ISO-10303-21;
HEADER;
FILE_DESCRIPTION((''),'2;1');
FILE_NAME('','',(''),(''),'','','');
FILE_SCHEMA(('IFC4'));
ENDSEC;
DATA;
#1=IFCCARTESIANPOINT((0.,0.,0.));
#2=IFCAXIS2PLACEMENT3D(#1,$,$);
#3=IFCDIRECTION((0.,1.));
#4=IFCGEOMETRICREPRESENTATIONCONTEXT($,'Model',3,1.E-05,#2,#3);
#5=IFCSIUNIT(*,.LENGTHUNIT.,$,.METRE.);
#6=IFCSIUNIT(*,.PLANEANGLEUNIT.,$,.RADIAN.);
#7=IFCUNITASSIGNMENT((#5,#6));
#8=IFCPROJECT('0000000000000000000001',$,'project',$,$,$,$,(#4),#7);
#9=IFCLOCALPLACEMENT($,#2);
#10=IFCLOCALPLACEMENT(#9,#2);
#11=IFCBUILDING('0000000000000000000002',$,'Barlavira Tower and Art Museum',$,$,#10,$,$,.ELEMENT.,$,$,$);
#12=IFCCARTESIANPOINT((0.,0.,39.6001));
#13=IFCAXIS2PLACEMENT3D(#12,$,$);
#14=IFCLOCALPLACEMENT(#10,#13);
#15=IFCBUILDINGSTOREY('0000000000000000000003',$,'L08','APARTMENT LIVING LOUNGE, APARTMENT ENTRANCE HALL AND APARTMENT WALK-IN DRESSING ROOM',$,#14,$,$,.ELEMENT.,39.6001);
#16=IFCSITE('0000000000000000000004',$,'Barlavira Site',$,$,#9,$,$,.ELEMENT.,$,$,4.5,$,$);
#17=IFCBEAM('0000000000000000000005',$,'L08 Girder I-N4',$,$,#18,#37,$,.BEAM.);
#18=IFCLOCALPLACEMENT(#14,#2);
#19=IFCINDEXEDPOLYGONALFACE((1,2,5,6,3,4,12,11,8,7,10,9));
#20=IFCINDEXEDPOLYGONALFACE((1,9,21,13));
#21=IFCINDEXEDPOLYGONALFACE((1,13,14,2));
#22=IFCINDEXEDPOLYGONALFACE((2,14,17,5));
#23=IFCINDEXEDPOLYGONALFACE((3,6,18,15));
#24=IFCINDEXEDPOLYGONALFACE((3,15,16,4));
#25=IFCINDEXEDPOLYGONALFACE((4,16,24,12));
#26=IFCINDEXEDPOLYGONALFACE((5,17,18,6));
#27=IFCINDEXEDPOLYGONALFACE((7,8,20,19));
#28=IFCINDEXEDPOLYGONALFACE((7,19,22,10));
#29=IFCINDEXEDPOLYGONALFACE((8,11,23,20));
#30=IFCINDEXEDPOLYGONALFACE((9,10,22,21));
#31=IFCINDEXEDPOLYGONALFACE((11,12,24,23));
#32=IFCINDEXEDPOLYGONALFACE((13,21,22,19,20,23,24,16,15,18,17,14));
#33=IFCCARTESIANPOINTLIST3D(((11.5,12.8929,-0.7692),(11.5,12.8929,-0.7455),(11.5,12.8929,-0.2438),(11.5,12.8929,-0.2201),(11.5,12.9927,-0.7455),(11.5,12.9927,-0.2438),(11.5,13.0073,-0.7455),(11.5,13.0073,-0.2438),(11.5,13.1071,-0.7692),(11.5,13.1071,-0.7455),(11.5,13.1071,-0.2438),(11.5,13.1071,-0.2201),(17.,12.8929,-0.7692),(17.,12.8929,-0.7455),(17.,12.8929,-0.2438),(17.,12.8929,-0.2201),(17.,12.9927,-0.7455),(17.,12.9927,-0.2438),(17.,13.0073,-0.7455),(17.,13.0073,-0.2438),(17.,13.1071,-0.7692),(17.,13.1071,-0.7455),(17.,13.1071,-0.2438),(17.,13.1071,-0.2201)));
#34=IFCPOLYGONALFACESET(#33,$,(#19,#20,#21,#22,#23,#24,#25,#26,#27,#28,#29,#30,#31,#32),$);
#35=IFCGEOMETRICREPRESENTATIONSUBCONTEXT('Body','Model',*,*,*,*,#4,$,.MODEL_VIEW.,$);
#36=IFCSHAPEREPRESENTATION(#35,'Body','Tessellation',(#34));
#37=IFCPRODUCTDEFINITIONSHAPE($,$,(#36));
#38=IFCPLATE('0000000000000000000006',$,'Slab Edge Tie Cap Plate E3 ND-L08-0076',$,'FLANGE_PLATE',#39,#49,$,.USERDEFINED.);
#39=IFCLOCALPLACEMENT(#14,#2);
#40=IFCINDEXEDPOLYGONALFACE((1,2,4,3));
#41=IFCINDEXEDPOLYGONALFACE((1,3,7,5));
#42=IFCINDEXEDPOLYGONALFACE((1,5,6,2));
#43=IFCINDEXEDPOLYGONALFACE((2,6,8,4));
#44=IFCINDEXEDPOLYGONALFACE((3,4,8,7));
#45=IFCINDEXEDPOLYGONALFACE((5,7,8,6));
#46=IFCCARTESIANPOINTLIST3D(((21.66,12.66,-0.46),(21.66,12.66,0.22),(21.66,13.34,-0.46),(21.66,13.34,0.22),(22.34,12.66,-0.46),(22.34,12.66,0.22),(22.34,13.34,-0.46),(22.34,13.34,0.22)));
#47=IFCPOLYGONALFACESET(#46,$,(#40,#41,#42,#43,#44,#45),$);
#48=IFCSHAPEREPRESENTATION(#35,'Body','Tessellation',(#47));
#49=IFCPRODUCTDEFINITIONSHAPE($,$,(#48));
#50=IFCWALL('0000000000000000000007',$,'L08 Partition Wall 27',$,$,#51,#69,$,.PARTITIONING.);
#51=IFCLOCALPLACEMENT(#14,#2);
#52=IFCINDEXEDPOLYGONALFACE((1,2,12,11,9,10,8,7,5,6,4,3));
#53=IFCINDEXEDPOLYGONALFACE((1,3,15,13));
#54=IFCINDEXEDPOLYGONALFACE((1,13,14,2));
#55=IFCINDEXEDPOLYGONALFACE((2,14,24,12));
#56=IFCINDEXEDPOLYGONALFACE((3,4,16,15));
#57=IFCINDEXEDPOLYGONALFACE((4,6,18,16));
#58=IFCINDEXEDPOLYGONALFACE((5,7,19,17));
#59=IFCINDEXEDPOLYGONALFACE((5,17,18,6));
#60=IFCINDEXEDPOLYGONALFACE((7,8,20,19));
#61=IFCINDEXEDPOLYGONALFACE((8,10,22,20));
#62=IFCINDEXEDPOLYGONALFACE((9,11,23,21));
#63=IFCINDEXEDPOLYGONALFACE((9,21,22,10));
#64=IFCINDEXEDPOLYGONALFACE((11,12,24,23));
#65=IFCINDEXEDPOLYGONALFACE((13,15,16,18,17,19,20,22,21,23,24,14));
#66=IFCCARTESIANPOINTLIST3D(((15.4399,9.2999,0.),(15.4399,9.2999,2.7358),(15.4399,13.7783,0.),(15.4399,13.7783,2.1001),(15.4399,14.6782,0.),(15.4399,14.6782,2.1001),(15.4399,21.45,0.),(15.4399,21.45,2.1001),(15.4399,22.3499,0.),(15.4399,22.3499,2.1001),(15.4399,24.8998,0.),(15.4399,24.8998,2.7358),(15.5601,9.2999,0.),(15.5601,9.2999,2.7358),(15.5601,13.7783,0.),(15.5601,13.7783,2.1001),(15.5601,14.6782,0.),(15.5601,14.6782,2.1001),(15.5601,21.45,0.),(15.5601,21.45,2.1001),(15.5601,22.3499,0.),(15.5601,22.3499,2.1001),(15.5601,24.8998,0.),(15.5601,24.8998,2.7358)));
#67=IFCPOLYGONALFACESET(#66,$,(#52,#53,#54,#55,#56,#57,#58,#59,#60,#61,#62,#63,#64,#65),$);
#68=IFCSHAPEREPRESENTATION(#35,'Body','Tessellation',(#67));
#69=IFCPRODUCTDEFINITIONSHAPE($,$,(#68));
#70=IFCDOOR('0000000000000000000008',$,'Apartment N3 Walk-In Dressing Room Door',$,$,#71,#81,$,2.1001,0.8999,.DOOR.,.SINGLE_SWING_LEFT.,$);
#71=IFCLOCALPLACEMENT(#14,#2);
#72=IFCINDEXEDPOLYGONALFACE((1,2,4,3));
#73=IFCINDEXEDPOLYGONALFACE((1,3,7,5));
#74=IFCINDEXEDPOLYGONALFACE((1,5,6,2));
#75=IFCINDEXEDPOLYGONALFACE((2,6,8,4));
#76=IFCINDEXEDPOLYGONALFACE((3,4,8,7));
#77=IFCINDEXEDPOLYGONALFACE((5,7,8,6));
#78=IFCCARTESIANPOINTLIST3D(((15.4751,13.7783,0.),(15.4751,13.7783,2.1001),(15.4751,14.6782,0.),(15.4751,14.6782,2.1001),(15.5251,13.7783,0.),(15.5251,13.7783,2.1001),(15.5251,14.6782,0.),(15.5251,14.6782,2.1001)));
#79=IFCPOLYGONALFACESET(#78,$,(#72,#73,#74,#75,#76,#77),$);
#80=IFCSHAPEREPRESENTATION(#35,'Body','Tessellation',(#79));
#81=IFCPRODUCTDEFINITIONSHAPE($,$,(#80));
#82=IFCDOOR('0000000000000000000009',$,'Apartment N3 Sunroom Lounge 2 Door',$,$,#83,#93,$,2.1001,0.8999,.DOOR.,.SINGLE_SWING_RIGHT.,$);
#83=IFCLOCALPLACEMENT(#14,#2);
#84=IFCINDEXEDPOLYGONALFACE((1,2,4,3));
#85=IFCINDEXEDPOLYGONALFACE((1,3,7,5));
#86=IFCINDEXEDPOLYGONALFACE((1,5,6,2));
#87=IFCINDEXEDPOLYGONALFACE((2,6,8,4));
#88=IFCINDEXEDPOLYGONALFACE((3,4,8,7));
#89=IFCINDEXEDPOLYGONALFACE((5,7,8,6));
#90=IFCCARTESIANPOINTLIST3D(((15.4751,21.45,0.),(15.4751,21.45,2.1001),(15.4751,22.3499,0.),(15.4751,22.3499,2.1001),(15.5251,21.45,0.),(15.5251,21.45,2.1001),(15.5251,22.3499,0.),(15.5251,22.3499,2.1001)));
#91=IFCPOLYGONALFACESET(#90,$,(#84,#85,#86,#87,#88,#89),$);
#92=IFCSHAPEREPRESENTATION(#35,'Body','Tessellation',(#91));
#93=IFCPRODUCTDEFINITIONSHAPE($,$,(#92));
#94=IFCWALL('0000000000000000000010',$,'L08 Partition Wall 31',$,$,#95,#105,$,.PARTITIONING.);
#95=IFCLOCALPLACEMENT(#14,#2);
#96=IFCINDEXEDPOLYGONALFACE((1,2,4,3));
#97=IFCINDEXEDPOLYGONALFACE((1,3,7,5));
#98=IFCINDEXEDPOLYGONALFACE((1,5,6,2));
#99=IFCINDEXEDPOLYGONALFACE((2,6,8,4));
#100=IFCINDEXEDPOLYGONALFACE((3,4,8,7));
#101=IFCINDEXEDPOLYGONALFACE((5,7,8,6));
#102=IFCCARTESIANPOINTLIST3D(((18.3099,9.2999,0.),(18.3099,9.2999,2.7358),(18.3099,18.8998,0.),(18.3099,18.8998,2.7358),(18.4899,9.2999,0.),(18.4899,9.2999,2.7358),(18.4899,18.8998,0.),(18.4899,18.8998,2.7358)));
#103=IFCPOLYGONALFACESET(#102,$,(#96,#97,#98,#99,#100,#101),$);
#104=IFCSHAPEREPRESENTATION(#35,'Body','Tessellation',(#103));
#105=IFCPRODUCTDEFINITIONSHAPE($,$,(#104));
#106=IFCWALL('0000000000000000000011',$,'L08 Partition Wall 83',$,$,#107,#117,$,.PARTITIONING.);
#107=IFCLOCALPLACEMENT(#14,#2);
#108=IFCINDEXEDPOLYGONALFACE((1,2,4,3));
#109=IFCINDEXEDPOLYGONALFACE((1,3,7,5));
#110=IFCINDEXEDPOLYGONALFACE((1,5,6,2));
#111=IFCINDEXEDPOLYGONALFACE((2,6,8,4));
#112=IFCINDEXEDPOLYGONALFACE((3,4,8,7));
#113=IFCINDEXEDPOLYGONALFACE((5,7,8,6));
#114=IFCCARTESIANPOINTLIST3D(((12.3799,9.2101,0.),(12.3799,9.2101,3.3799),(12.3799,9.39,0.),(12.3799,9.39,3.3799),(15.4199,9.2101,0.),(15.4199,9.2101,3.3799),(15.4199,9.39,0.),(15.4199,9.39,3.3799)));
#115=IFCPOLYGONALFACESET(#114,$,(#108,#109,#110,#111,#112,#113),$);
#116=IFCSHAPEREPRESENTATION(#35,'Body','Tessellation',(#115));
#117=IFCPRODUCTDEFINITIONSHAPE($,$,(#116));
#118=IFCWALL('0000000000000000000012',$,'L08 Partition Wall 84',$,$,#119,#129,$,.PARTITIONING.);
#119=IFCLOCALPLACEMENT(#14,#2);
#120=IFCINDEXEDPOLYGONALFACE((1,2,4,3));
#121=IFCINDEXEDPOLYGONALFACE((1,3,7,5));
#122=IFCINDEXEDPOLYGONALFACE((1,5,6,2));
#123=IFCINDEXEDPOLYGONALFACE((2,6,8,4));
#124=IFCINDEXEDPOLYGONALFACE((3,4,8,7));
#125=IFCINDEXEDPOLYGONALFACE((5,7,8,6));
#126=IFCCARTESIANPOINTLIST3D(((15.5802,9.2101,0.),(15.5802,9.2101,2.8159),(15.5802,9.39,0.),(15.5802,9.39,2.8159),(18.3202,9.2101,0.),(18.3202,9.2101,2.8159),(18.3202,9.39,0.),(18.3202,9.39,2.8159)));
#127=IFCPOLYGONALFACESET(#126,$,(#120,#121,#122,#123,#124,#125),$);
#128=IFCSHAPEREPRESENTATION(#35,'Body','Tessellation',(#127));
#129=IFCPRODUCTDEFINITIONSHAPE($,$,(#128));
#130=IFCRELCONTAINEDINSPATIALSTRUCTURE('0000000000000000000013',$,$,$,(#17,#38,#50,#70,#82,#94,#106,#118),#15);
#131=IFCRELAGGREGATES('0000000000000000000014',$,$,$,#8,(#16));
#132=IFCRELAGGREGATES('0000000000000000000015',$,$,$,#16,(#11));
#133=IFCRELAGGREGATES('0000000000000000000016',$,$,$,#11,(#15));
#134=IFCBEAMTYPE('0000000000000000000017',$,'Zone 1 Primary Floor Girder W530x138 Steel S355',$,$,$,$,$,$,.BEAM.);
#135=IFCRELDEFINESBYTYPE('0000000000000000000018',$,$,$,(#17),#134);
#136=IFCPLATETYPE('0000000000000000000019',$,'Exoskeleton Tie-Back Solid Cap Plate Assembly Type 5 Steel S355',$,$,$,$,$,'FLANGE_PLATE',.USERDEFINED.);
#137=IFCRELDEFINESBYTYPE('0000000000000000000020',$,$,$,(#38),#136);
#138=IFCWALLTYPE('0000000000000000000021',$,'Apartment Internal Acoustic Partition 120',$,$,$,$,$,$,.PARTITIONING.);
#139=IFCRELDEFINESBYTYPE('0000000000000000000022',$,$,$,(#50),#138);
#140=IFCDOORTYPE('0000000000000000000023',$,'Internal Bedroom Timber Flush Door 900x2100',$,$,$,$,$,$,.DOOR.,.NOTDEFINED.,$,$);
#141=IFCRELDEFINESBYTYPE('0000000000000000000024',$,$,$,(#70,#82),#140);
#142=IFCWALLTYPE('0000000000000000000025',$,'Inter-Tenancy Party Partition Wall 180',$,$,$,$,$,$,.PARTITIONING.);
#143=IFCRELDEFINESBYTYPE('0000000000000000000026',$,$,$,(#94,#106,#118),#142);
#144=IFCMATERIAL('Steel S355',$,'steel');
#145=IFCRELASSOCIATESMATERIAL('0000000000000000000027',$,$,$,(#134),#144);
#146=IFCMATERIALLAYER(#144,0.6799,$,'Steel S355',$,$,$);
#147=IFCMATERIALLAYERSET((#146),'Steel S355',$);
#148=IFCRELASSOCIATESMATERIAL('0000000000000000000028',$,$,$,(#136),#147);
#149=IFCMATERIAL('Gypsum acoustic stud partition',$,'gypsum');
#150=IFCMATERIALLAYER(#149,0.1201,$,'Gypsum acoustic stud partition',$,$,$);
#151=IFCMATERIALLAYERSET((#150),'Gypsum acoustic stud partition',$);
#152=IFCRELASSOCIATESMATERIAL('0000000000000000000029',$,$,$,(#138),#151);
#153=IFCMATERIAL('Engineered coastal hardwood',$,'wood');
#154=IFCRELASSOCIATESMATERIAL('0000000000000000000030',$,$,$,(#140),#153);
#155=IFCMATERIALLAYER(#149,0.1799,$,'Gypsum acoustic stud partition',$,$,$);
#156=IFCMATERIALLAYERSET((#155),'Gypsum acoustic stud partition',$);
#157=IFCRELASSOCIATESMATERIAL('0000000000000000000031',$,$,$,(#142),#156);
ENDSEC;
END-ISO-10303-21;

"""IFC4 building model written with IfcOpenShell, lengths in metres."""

from ifc_helpers import new_model, si_unit, direction, frame, frame_2d, origin, origin_2d, place, context, subcontext, project, spatial, rectangle, i_section, extrude, material, layer, layer_set, material_profile, profile_set, type_object, element, fill, save


model = new_model("IFC4")

# Units and contexts
model_context = context("Model", 3, precision=1e-05, world=origin(), true_north=direction((0.0, 1.0)))
body_context = subcontext(model_context, "Body", "Model", "MODEL_VIEW")
ifc_project = project(units=[si_unit("LENGTHUNIT", "METRE"), si_unit("PLANEANGLEUNIT", "RADIAN")], contexts=[model_context])

# Site, building, storey
site_placement = place(None, origin())
site = spatial("IfcSite", under=ifc_project, at=site_placement, Name="Barlavira Site", CompositionType="ELEMENT", RefElevation=4.5)
building_placement = place(site_placement, origin())
building = spatial("IfcBuilding", under=site, at=building_placement, Name="Barlavira Tower and Art Museum", CompositionType="ELEMENT")
storey_placement = place(building_placement, frame((0.0, 0.0, 39.6001)))
storey = spatial("IfcBuildingStorey", under=building, at=storey_placement, Name="L08", Description="APARTMENT LIVING LOUNGE, APARTMENT ENTRANCE HALL AND APARTMENT WALK-IN DRESSING ROOM", CompositionType="ELEMENT", Elevation=39.6001)

# Shared definitions
ifc_material_1 = material(Name="Steel S355", Category="steel")

# Beam
ifc_material_profile_1 = material_profile(ifc_material_1, i_section(OverallWidth=0.2141, OverallDepth=0.5491, WebThickness=0.0146, FlangeThickness=0.0237, at=origin_2d()), Name="W530x138.0")
ifc_profile_set_1 = profile_set([ifc_material_profile_1], Name="Steel S355")
beam_type_1 = type_object("IfcBeamType", Name="Zone 1 Primary Floor Girder W530x138 Steel S355", PredefinedType="BEAM", material=ifc_profile_set_1)
beam_1_placement = place(storey_placement, frame((11.5, 13.0, -0.4946), z_axis=(1.0, 0.0, 0.0), x_axis=(0.0, 1.0, 0.0)))
element("IfcBeam", 1, at=beam_1_placement, inside=storey, type_object=beam_type_1, Name="L08 Girder I-N4", PredefinedType="BEAM", context=body_context, shape_type="SweptSolid", body=[
    extrude(i_section(OverallWidth=0.2141, OverallDepth=0.5491, WebThickness=0.0146, FlangeThickness=0.0237, at=origin_2d()), origin(), (0.0, 0.0, 1.0), 5.5),
])

# Plate
ifc_layer_1 = layer(ifc_material_1, 0.6799, Name="Steel S355")
ifc_layer_set_1 = layer_set([ifc_layer_1], Name="Steel S355")
plate_type = type_object("IfcPlateType", Name="Exoskeleton Tie-Back Solid Cap Plate Assembly Type 5 Steel S355", ElementType="FLANGE_PLATE", PredefinedType="USERDEFINED", material=ifc_layer_set_1)
plate_placement = place(storey_placement, frame((22.0, 13.0, -0.46), z_axis=(0.0, 0.0, 1.0), x_axis=(1.0, 0.0, 0.0)))
element("IfcPlate", 2, at=plate_placement, inside=storey, type_object=plate_type, Name="Slab Edge Tie Cap Plate E3 ND-L08-0076", ObjectType="FLANGE_PLATE", PredefinedType="USERDEFINED", context=body_context, shape_type="SweptSolid", body=[
    extrude(rectangle(XDim=0.6799, YDim=0.6799, at=origin_2d()), origin(), (0.0, 0.0, 1.0), 0.6799),
])

# Wall, openings, doors
ifc_material_2 = material(Name="Gypsum acoustic stud partition", Category="gypsum")
ifc_layer_2 = layer(ifc_material_2, 0.1201, Name="Gypsum acoustic stud partition")
ifc_layer_set_2 = layer_set([ifc_layer_2], Name="Gypsum acoustic stud partition")
wall_type_1 = type_object("IfcWallType", Name="Apartment Internal Acoustic Partition 120", PredefinedType="PARTITIONING", material=ifc_layer_set_2)
wall_1_placement = place(storey_placement, frame((15.5, 9.3, 0.0), z_axis=(0.0, 0.0, 1.0), x_axis=(0.0, 1.0, 0.0)))
wall_1 = element("IfcWall", 3, at=wall_1_placement, inside=storey, type_object=wall_type_1, Name="L08 Partition Wall 27", PredefinedType="PARTITIONING", context=body_context, shape_type="SweptSolid", body=[
    extrude(rectangle(XDim=15.5999, YDim=0.1201, at=frame_2d((7.7998, 0.0))), origin(), (0.0, 0.0, 1.0), 2.7358),
])
opening_1_placement = place(wall_1_placement, frame((4.4783, 0.0, 0.0)))
opening_1 = element("IfcOpeningElement", 4, at=opening_1_placement, cuts=wall_1, PredefinedType="OPENING", context=body_context, shape_type="SweptSolid", body=[
    extrude(rectangle(XDim=0.8999, YDim=2.1001, at=frame_2d((0.45, 1.05))), frame((0.0, 0.0701, 0.0), z_axis=(0.0, -1.0, 0.0), x_axis=(1.0, 0.0, 0.0)), (0.0, 0.0, 1.0), 0.1401),
])
opening_2_placement = place(wall_1_placement, frame((12.1499, 0.0, 0.0)))
opening_2 = element("IfcOpeningElement", 5, at=opening_2_placement, cuts=wall_1, PredefinedType="OPENING", context=body_context, shape_type="SweptSolid", body=[
    extrude(rectangle(XDim=0.8999, YDim=2.1001, at=frame_2d((0.45, 1.05))), frame((0.0, 0.0701, 0.0), z_axis=(0.0, -1.0, 0.0), x_axis=(1.0, 0.0, 0.0)), (0.0, 0.0, 1.0), 0.1401),
])
ifc_material_3 = material(Name="Engineered coastal hardwood", Category="wood")
door_type = type_object("IfcDoorType", Name="Internal Bedroom Timber Flush Door 900x2100", OperationType="NOTDEFINED", PredefinedType="DOOR", material=ifc_material_3)
door_1_placement = place(opening_1_placement, origin())
door_1 = element("IfcDoor", 6, at=door_1_placement, inside=storey, type_object=door_type, Name="Apartment N3 Walk-In Dressing Room Door", OperationType="SINGLE_SWING_LEFT", OverallHeight=2.1001, OverallWidth=0.8999, PredefinedType="DOOR", context=body_context, shape_type="SweptSolid", body=[
    extrude(rectangle(XDim=0.8999, YDim=2.1001, at=frame_2d((0.45, 1.05))), frame((0.0, 0.0249, 0.0), z_axis=(0.0, -1.0, 0.0), x_axis=(1.0, 0.0, 0.0)), (0.0, 0.0, 1.0), 0.05),
])
fill(opening_1, door_1)
door_2_placement = place(opening_2_placement, origin())
door_2 = element("IfcDoor", 7, at=door_2_placement, inside=storey, type_object=door_type, Name="Apartment N3 Sunroom Lounge 2 Door", OperationType="SINGLE_SWING_RIGHT", OverallHeight=2.1001, OverallWidth=0.8999, PredefinedType="DOOR", context=body_context, shape_type="SweptSolid", body=[
    extrude(rectangle(XDim=0.8999, YDim=2.1001, at=frame_2d((0.45, 1.05))), frame((0.0, 0.0249, 0.0), z_axis=(0.0, -1.0, 0.0), x_axis=(1.0, 0.0, 0.0)), (0.0, 0.0, 1.0), 0.05),
])
fill(opening_2, door_2)

# Walls
ifc_layer_3 = layer(ifc_material_2, 0.1799, Name="Gypsum acoustic stud partition")
ifc_layer_set_3 = layer_set([ifc_layer_3], Name="Gypsum acoustic stud partition")
wall_type_2 = type_object("IfcWallType", Name="Inter-Tenancy Party Partition Wall 180", PredefinedType="PARTITIONING", material=ifc_layer_set_3)
wall_2_placement = place(storey_placement, frame((18.3999, 9.3, 0.0), z_axis=(0.0, 0.0, 1.0), x_axis=(0.0, 1.0, 0.0)))
element("IfcWall", 8, at=wall_2_placement, inside=storey, type_object=wall_type_2, Name="L08 Partition Wall 31", PredefinedType="PARTITIONING", context=body_context, shape_type="SweptSolid", body=[
    extrude(rectangle(XDim=9.5999, YDim=0.1799, at=frame_2d((4.7998, 0.0))), origin(), (0.0, 0.0, 1.0), 2.7358),
])
wall_3_placement = place(storey_placement, frame((12.3799, 9.3, 0.0), z_axis=(0.0, 0.0, 1.0), x_axis=(1.0, 0.0, 0.0)))
element("IfcWall", 9, at=wall_3_placement, inside=storey, type_object=wall_type_2, Name="L08 Partition Wall 83", PredefinedType="PARTITIONING", context=body_context, shape_type="SweptSolid", body=[
    extrude(rectangle(XDim=3.04, YDim=0.1799, at=frame_2d((1.52, 0.0))), origin(), (0.0, 0.0, 1.0), 3.3799),
])
wall_4_placement = place(storey_placement, frame((15.5801, 9.3, 0.0), z_axis=(0.0, 0.0, 1.0), x_axis=(1.0, 0.0, 0.0)))
element("IfcWall", 10, at=wall_4_placement, inside=storey, type_object=wall_type_2, Name="L08 Partition Wall 84", PredefinedType="PARTITIONING", context=body_context, shape_type="SweptSolid", body=[
    extrude(rectangle(XDim=2.74, YDim=0.1799, at=frame_2d((1.3701, 0.0))), origin(), (0.0, 0.0, 1.0), 2.8159),
])

save(model, "model.ifc")
